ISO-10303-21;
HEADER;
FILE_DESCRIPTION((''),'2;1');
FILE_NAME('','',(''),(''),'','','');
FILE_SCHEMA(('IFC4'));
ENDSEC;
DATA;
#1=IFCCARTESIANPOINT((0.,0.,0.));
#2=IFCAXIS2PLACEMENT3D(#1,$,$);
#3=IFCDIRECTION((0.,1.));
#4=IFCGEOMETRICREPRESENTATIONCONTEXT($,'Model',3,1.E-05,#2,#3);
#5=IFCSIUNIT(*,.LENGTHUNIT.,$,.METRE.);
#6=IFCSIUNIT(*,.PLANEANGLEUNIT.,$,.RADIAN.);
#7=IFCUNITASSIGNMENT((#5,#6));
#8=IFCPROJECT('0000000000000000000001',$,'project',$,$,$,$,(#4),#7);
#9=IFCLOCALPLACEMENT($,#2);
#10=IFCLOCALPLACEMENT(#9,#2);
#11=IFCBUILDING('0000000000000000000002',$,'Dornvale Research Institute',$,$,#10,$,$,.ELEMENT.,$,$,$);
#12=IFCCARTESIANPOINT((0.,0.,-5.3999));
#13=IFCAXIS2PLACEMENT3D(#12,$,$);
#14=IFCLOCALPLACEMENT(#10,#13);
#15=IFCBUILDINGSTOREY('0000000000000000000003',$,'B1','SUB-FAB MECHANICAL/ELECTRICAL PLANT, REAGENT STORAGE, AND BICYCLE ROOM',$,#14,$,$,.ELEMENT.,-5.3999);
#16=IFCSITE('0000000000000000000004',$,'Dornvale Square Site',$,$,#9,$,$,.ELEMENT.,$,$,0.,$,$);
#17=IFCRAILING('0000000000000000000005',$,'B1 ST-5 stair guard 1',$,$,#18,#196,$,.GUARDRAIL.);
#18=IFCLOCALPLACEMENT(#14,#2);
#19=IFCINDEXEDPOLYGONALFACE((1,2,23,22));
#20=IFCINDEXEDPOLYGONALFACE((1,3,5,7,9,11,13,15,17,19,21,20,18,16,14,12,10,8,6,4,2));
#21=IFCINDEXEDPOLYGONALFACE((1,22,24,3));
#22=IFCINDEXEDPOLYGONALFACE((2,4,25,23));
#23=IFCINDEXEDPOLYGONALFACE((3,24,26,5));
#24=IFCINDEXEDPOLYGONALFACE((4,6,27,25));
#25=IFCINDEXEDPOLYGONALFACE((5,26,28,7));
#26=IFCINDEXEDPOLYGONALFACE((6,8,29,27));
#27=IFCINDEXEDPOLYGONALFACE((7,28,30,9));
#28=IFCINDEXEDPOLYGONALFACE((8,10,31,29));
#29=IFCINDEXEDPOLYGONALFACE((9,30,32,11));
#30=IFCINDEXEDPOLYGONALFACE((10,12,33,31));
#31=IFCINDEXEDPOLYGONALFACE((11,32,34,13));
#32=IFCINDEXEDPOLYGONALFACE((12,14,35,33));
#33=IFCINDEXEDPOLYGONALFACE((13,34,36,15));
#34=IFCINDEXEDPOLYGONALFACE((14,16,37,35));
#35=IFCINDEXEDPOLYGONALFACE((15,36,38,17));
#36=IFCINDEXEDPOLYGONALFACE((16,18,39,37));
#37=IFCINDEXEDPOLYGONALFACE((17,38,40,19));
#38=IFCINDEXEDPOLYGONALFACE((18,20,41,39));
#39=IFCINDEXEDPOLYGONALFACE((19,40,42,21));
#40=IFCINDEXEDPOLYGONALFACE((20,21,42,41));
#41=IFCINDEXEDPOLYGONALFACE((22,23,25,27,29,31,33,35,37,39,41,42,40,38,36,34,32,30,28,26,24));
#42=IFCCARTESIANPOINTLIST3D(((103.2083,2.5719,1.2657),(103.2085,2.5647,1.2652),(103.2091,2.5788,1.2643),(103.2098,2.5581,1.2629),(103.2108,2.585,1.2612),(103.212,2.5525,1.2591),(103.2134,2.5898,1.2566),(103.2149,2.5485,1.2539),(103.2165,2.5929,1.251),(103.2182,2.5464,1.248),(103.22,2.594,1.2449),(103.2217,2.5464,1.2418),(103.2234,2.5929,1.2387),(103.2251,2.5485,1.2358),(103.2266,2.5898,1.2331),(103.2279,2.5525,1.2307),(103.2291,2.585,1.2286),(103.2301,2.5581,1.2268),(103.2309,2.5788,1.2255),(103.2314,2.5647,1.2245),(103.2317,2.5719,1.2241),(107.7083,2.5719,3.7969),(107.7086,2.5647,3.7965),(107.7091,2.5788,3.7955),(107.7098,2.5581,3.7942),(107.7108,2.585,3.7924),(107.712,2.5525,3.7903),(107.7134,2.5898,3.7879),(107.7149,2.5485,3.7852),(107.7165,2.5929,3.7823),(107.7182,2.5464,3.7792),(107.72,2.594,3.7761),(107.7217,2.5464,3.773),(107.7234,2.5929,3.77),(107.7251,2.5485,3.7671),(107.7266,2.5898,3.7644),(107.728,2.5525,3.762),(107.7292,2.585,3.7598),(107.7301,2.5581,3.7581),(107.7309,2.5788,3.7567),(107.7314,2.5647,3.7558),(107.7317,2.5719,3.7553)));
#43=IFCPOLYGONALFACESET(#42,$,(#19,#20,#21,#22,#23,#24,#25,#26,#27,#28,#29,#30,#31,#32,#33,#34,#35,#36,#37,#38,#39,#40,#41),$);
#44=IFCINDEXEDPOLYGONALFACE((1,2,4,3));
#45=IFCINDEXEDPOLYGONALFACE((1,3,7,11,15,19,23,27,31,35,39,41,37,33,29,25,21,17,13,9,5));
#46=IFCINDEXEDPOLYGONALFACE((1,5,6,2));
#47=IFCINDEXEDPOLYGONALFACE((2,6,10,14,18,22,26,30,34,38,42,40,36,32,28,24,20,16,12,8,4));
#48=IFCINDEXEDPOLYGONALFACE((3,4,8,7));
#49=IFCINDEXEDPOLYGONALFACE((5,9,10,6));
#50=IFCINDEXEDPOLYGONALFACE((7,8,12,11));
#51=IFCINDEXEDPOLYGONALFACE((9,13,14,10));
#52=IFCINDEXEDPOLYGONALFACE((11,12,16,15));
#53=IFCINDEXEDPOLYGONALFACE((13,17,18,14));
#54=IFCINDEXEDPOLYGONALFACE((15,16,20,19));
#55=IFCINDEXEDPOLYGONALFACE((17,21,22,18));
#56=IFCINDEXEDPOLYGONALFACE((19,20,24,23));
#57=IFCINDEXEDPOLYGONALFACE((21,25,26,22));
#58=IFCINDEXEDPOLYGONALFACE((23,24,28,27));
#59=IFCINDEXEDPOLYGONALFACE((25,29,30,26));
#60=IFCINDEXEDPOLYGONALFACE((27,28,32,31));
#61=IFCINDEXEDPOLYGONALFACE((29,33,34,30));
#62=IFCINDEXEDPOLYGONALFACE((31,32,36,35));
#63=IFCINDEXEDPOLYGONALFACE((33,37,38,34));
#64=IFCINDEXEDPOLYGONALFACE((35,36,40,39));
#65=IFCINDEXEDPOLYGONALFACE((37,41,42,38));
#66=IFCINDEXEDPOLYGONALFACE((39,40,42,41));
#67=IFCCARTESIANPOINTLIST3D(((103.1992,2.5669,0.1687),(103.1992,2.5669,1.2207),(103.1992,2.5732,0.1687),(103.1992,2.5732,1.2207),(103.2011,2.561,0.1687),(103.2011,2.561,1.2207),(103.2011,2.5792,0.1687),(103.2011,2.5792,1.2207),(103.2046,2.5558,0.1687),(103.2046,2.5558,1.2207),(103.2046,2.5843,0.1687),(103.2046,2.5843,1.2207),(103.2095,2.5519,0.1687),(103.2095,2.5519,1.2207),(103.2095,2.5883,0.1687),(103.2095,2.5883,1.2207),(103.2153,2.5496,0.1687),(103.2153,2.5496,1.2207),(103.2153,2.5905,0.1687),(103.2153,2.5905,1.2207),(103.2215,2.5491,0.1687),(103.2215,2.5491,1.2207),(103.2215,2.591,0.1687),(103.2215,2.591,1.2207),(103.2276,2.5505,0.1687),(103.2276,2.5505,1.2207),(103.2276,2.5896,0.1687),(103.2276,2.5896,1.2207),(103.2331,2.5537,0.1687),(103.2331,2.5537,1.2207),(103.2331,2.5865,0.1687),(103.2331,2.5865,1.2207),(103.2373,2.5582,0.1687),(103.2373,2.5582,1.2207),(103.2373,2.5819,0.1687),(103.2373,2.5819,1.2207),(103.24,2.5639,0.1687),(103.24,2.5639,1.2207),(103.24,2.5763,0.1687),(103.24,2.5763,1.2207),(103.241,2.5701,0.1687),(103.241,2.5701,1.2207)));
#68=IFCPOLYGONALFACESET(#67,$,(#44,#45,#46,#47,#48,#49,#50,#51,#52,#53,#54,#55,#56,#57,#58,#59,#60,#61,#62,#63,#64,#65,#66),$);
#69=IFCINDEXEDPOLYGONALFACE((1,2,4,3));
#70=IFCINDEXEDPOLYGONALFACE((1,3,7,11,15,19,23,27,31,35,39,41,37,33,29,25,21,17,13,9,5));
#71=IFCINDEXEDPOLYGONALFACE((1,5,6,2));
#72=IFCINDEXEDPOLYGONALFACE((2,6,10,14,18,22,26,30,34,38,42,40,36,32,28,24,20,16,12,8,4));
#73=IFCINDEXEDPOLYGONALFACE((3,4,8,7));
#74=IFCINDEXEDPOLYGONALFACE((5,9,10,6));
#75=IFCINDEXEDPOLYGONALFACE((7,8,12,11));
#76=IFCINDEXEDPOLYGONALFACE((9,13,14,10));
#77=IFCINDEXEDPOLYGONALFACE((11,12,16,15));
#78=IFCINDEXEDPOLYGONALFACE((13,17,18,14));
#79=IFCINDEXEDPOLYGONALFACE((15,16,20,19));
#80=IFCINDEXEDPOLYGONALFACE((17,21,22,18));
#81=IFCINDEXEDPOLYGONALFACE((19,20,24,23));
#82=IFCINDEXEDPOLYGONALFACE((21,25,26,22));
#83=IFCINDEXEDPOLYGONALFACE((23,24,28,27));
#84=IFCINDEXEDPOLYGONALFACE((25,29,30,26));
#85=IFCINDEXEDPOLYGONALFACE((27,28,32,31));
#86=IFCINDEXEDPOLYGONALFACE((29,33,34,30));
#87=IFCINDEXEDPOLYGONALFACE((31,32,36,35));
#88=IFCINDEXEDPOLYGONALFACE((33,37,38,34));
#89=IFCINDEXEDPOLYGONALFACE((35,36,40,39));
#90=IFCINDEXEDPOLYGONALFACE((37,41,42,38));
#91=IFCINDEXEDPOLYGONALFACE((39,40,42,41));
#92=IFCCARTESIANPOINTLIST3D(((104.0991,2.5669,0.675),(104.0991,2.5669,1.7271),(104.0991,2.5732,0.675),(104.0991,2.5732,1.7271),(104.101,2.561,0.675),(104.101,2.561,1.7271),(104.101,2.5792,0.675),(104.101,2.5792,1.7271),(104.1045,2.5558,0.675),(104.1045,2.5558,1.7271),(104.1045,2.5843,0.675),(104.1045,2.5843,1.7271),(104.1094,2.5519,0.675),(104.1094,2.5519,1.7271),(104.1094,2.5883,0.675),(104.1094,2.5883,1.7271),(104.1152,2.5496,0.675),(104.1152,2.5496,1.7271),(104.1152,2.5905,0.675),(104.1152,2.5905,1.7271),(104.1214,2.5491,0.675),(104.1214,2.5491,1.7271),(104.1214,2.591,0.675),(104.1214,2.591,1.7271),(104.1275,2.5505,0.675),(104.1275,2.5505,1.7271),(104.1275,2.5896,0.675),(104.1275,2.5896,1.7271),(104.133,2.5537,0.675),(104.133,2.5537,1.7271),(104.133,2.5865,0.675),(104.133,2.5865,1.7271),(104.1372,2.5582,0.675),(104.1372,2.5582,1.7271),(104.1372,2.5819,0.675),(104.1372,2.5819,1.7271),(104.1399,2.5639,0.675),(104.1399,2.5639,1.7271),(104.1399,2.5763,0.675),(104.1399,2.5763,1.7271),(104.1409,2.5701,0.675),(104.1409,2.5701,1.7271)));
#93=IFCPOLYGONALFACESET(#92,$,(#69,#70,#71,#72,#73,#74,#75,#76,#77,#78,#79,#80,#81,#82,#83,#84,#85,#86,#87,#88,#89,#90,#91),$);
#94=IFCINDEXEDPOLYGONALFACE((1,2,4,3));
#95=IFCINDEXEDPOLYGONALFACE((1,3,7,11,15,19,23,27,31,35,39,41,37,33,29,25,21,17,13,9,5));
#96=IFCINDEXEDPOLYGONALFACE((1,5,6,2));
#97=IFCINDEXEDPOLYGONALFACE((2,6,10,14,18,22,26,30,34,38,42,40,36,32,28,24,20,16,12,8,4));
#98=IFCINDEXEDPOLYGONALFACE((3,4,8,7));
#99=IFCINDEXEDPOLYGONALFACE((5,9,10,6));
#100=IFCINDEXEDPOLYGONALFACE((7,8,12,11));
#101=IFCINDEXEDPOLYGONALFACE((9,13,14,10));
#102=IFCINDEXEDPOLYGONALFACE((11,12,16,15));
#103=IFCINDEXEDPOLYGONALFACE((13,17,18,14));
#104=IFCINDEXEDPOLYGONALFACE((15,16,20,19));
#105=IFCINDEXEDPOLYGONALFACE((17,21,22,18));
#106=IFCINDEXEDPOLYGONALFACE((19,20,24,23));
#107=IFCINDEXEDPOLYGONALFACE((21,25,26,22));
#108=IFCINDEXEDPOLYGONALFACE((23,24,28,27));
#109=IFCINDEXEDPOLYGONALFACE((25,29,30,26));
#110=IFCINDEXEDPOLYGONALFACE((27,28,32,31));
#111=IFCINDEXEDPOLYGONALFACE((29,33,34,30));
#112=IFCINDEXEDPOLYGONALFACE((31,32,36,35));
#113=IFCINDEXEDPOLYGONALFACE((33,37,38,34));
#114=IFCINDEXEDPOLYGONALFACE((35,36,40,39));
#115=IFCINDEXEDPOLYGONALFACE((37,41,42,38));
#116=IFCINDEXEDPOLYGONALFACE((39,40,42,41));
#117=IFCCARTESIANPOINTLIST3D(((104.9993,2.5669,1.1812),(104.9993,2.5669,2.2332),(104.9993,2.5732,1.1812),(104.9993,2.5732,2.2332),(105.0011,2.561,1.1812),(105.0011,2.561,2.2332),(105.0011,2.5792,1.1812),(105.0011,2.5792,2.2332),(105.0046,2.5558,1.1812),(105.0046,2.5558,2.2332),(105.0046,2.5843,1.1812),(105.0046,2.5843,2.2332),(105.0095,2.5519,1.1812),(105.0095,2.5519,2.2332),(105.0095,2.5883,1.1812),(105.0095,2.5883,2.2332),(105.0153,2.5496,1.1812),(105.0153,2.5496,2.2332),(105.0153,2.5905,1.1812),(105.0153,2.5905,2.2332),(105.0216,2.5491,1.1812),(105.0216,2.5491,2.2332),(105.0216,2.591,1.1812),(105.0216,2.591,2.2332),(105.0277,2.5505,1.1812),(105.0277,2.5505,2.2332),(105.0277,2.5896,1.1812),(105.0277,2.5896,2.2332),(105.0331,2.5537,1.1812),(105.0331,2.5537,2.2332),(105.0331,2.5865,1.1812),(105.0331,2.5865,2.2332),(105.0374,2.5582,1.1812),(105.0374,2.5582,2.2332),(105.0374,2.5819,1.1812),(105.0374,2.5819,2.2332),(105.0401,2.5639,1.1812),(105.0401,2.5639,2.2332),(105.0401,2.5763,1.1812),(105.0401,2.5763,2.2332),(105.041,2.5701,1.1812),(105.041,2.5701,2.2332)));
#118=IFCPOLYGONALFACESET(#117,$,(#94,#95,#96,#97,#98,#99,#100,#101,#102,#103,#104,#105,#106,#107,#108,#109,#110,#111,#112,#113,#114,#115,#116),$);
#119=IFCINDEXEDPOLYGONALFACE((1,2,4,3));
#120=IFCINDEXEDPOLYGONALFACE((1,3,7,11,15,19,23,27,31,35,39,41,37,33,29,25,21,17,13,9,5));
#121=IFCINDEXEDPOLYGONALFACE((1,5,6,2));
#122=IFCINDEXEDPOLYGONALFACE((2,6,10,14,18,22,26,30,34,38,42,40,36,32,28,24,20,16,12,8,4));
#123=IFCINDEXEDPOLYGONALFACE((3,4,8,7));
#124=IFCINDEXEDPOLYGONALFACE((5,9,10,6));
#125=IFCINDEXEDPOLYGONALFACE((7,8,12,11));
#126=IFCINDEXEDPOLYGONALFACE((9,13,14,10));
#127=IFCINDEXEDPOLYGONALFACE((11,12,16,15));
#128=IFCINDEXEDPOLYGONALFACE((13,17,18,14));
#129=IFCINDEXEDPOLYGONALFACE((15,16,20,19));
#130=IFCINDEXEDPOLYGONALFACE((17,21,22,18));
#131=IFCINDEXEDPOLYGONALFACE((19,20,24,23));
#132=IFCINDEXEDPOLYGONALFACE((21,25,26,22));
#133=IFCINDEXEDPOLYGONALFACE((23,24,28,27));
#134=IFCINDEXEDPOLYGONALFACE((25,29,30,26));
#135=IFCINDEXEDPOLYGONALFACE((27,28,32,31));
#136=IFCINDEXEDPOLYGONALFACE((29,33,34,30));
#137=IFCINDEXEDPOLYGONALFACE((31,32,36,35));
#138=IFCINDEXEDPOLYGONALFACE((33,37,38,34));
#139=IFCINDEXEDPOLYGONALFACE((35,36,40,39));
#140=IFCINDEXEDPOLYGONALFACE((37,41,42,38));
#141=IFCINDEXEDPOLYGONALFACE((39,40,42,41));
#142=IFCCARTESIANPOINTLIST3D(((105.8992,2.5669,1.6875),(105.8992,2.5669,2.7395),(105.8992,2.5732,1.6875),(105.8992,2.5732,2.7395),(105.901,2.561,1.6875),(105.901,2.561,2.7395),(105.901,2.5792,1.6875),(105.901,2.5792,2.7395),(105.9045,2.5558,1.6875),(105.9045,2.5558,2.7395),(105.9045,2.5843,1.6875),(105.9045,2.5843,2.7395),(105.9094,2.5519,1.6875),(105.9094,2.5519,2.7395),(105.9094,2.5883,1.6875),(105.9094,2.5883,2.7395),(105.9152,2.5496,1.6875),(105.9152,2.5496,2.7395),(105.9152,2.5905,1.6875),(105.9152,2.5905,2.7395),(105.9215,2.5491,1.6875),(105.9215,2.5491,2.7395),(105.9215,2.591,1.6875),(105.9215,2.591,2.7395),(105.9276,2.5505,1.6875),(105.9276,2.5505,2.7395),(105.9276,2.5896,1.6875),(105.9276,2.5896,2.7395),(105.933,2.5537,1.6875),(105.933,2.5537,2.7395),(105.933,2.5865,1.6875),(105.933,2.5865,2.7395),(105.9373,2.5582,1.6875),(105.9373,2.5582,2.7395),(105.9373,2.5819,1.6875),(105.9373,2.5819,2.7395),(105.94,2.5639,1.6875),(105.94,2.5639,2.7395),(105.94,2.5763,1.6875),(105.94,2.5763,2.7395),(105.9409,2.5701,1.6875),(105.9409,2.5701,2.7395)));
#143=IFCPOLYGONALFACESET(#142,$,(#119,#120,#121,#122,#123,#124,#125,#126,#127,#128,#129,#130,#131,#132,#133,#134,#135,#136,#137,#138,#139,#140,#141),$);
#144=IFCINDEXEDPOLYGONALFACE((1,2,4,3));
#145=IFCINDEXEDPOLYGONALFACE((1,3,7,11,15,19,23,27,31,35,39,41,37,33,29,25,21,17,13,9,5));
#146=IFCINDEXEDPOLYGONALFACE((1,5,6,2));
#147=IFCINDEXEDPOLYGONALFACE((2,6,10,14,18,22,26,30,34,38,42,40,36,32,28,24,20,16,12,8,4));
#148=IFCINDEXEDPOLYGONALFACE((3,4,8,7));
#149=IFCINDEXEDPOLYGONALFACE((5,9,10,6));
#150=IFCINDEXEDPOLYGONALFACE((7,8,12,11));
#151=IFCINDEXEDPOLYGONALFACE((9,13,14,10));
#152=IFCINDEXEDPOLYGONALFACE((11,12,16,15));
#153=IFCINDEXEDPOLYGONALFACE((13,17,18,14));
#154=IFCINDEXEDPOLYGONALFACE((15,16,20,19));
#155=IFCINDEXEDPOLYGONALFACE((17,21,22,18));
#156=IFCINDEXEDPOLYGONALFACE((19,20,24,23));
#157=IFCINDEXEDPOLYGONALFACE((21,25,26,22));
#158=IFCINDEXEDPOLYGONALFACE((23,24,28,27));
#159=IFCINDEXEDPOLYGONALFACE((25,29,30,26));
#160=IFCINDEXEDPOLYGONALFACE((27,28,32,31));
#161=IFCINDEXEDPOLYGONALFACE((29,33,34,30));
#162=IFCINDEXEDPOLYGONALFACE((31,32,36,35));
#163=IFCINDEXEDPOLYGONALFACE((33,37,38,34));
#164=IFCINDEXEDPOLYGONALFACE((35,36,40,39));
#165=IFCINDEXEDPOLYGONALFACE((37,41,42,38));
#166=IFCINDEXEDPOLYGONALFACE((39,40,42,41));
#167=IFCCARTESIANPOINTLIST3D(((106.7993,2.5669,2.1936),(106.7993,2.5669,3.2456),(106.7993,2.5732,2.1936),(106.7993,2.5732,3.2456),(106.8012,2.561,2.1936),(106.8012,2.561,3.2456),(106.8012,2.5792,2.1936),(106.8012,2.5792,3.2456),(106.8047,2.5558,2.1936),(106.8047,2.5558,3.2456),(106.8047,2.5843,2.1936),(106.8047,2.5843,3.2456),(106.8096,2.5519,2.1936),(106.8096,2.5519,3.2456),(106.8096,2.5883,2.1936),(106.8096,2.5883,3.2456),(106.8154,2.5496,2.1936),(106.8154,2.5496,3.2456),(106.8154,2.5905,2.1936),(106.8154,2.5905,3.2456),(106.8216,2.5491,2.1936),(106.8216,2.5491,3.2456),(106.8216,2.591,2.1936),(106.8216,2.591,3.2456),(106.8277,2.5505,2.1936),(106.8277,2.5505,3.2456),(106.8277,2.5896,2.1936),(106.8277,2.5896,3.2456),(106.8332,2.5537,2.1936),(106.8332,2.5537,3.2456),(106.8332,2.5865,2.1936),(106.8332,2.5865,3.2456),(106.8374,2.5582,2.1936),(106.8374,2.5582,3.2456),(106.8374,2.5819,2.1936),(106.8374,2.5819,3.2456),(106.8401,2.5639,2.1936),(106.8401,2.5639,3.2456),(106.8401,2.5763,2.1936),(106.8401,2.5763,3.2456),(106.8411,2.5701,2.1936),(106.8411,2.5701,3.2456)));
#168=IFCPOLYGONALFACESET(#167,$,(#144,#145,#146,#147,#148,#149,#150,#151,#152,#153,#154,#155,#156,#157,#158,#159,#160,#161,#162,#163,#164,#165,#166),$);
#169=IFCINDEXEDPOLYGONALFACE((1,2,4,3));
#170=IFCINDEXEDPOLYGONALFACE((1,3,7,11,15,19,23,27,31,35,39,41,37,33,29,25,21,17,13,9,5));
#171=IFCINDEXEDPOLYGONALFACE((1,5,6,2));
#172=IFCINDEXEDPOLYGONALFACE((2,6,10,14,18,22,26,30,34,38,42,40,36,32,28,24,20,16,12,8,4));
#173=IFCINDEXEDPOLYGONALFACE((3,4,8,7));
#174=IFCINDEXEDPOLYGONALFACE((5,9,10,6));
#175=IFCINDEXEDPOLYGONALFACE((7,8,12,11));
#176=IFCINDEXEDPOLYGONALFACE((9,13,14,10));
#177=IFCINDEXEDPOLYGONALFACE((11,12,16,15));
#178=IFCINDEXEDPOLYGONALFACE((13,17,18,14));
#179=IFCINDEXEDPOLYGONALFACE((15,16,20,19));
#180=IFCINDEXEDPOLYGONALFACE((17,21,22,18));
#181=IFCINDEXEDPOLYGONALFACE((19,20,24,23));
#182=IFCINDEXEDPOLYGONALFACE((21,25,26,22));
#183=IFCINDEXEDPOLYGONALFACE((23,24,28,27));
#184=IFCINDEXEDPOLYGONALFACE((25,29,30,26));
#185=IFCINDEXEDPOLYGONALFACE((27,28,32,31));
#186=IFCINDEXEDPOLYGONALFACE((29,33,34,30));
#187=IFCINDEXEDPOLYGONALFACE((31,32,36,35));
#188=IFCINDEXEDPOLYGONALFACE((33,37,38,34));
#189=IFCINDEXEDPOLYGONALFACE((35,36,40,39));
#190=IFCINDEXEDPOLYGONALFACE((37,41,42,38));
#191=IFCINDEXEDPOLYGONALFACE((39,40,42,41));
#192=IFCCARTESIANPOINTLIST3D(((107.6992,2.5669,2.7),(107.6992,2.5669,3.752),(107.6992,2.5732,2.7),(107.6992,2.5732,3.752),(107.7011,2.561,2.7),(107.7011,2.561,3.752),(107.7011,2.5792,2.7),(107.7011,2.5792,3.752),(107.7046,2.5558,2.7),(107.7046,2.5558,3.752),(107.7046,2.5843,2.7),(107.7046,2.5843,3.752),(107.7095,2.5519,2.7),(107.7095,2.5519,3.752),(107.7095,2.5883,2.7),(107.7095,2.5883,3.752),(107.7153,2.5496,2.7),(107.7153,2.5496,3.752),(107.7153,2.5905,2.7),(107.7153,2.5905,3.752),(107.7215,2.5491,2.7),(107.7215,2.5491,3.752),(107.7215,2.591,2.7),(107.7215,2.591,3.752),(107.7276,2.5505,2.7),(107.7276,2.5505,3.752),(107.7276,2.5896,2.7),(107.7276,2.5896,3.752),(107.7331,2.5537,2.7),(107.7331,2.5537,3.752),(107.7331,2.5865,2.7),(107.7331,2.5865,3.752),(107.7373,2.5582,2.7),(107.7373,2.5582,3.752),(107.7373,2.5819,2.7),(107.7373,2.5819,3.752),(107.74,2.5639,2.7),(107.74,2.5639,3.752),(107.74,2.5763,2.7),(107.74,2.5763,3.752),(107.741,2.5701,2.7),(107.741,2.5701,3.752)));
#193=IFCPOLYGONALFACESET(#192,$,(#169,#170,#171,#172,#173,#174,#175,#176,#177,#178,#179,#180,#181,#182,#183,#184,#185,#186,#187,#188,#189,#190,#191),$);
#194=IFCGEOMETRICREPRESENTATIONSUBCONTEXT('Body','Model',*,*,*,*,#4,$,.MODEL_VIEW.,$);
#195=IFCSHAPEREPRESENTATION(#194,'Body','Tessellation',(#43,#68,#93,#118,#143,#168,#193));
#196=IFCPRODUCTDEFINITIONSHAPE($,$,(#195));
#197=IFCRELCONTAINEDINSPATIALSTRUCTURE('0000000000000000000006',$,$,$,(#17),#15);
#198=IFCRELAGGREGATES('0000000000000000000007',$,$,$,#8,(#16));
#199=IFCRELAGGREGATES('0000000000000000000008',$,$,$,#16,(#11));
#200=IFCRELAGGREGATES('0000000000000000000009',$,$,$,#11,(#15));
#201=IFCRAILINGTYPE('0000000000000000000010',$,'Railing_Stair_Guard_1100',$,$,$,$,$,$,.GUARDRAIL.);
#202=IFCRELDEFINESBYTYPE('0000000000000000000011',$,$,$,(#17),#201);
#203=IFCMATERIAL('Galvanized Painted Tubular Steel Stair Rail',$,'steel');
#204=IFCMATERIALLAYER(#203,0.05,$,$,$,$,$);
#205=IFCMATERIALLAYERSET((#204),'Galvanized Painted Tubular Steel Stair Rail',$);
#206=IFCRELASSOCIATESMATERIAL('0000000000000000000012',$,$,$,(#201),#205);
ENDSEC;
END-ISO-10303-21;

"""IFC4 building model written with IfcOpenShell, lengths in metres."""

from ifc_helpers import new_model, si_unit, direction, frame, origin, origin_2d, place, context, subcontext, project, spatial, circle, extrude, material, layer, layer_set, type_object, element, save


model = new_model("IFC4")

# Units and contexts
model_context = context("Model", 3, precision=1e-05, world=origin(), true_north=direction((0.0, 1.0)))
body_context = subcontext(model_context, "Body", "Model", "MODEL_VIEW")
ifc_project = project(units=[si_unit("LENGTHUNIT", "METRE"), si_unit("PLANEANGLEUNIT", "RADIAN")], contexts=[model_context])

# Site, building, storey
site_placement = place(None, origin())
site = spatial("IfcSite", under=ifc_project, at=site_placement, Name="Dornvale Square Site", CompositionType="ELEMENT", RefElevation=0.0)
building_placement = place(site_placement, origin())
building = spatial("IfcBuilding", under=site, at=building_placement, Name="Dornvale Research Institute", CompositionType="ELEMENT")
storey_placement = place(building_placement, frame((0.0, 0.0, -5.3999)))
storey = spatial("IfcBuildingStorey", under=building, at=storey_placement, Name="B1", Description="SUB-FAB MECHANICAL/ELECTRICAL PLANT, REAGENT STORAGE, AND BICYCLE ROOM", CompositionType="ELEMENT", Elevation=-5.3999)

# Railing
ifc_material_1 = material(Name="Galvanized Painted Tubular Steel Stair Rail", Category="steel")
ifc_layer_1 = layer(ifc_material_1, 0.05)
ifc_layer_set_1 = layer_set([ifc_layer_1], Name="Galvanized Painted Tubular Steel Stair Rail")
railing_type_1 = type_object("IfcRailingType", Name="Railing_Stair_Guard_1100", PredefinedType="GUARDRAIL", material=ifc_layer_set_1)
railing_1_placement = place(storey_placement, frame((103.22, 2.5701, 0.1687)))
element("IfcRailing", 1, at=railing_1_placement, inside=storey, type_object=railing_type_1, Name="B1 ST-5 stair guard 1", PredefinedType="GUARDRAIL", context=body_context, shape_type="SweptSolid", body=[
    extrude(circle(Radius=0.0239, at=origin_2d()), frame((0.0, 0.0, 1.0762), z_axis=(0.871576, 0.0, 0.490261), x_axis=(0.0, 1.0, 0.0)), (0.0, 0.0, 1.0), 5.1631),
    extrude(circle(Radius=0.021, at=origin_2d()), origin(), (0.0, 0.0, 1.0), 1.052),
    extrude(circle(Radius=0.021, at=origin_2d()), frame((0.8999, 0.0, 0.5063)), (0.0, 0.0, 1.0), 1.052),
    extrude(circle(Radius=0.021, at=origin_2d()), frame((1.8, 0.0, 1.0125)), (0.0, 0.0, 1.0), 1.052),
    extrude(circle(Radius=0.021, at=origin_2d()), frame((2.7, 0.0, 1.5188)), (0.0, 0.0, 1.0), 1.052),
    extrude(circle(Radius=0.021, at=origin_2d()), frame((3.6001, 0.0, 2.0249)), (0.0, 0.0, 1.0), 1.052),
    extrude(circle(Radius=0.021, at=origin_2d()), frame((4.5, 0.0, 2.5312)), (0.0, 0.0, 1.0), 1.052),
])

save(model, "model.ifc")
